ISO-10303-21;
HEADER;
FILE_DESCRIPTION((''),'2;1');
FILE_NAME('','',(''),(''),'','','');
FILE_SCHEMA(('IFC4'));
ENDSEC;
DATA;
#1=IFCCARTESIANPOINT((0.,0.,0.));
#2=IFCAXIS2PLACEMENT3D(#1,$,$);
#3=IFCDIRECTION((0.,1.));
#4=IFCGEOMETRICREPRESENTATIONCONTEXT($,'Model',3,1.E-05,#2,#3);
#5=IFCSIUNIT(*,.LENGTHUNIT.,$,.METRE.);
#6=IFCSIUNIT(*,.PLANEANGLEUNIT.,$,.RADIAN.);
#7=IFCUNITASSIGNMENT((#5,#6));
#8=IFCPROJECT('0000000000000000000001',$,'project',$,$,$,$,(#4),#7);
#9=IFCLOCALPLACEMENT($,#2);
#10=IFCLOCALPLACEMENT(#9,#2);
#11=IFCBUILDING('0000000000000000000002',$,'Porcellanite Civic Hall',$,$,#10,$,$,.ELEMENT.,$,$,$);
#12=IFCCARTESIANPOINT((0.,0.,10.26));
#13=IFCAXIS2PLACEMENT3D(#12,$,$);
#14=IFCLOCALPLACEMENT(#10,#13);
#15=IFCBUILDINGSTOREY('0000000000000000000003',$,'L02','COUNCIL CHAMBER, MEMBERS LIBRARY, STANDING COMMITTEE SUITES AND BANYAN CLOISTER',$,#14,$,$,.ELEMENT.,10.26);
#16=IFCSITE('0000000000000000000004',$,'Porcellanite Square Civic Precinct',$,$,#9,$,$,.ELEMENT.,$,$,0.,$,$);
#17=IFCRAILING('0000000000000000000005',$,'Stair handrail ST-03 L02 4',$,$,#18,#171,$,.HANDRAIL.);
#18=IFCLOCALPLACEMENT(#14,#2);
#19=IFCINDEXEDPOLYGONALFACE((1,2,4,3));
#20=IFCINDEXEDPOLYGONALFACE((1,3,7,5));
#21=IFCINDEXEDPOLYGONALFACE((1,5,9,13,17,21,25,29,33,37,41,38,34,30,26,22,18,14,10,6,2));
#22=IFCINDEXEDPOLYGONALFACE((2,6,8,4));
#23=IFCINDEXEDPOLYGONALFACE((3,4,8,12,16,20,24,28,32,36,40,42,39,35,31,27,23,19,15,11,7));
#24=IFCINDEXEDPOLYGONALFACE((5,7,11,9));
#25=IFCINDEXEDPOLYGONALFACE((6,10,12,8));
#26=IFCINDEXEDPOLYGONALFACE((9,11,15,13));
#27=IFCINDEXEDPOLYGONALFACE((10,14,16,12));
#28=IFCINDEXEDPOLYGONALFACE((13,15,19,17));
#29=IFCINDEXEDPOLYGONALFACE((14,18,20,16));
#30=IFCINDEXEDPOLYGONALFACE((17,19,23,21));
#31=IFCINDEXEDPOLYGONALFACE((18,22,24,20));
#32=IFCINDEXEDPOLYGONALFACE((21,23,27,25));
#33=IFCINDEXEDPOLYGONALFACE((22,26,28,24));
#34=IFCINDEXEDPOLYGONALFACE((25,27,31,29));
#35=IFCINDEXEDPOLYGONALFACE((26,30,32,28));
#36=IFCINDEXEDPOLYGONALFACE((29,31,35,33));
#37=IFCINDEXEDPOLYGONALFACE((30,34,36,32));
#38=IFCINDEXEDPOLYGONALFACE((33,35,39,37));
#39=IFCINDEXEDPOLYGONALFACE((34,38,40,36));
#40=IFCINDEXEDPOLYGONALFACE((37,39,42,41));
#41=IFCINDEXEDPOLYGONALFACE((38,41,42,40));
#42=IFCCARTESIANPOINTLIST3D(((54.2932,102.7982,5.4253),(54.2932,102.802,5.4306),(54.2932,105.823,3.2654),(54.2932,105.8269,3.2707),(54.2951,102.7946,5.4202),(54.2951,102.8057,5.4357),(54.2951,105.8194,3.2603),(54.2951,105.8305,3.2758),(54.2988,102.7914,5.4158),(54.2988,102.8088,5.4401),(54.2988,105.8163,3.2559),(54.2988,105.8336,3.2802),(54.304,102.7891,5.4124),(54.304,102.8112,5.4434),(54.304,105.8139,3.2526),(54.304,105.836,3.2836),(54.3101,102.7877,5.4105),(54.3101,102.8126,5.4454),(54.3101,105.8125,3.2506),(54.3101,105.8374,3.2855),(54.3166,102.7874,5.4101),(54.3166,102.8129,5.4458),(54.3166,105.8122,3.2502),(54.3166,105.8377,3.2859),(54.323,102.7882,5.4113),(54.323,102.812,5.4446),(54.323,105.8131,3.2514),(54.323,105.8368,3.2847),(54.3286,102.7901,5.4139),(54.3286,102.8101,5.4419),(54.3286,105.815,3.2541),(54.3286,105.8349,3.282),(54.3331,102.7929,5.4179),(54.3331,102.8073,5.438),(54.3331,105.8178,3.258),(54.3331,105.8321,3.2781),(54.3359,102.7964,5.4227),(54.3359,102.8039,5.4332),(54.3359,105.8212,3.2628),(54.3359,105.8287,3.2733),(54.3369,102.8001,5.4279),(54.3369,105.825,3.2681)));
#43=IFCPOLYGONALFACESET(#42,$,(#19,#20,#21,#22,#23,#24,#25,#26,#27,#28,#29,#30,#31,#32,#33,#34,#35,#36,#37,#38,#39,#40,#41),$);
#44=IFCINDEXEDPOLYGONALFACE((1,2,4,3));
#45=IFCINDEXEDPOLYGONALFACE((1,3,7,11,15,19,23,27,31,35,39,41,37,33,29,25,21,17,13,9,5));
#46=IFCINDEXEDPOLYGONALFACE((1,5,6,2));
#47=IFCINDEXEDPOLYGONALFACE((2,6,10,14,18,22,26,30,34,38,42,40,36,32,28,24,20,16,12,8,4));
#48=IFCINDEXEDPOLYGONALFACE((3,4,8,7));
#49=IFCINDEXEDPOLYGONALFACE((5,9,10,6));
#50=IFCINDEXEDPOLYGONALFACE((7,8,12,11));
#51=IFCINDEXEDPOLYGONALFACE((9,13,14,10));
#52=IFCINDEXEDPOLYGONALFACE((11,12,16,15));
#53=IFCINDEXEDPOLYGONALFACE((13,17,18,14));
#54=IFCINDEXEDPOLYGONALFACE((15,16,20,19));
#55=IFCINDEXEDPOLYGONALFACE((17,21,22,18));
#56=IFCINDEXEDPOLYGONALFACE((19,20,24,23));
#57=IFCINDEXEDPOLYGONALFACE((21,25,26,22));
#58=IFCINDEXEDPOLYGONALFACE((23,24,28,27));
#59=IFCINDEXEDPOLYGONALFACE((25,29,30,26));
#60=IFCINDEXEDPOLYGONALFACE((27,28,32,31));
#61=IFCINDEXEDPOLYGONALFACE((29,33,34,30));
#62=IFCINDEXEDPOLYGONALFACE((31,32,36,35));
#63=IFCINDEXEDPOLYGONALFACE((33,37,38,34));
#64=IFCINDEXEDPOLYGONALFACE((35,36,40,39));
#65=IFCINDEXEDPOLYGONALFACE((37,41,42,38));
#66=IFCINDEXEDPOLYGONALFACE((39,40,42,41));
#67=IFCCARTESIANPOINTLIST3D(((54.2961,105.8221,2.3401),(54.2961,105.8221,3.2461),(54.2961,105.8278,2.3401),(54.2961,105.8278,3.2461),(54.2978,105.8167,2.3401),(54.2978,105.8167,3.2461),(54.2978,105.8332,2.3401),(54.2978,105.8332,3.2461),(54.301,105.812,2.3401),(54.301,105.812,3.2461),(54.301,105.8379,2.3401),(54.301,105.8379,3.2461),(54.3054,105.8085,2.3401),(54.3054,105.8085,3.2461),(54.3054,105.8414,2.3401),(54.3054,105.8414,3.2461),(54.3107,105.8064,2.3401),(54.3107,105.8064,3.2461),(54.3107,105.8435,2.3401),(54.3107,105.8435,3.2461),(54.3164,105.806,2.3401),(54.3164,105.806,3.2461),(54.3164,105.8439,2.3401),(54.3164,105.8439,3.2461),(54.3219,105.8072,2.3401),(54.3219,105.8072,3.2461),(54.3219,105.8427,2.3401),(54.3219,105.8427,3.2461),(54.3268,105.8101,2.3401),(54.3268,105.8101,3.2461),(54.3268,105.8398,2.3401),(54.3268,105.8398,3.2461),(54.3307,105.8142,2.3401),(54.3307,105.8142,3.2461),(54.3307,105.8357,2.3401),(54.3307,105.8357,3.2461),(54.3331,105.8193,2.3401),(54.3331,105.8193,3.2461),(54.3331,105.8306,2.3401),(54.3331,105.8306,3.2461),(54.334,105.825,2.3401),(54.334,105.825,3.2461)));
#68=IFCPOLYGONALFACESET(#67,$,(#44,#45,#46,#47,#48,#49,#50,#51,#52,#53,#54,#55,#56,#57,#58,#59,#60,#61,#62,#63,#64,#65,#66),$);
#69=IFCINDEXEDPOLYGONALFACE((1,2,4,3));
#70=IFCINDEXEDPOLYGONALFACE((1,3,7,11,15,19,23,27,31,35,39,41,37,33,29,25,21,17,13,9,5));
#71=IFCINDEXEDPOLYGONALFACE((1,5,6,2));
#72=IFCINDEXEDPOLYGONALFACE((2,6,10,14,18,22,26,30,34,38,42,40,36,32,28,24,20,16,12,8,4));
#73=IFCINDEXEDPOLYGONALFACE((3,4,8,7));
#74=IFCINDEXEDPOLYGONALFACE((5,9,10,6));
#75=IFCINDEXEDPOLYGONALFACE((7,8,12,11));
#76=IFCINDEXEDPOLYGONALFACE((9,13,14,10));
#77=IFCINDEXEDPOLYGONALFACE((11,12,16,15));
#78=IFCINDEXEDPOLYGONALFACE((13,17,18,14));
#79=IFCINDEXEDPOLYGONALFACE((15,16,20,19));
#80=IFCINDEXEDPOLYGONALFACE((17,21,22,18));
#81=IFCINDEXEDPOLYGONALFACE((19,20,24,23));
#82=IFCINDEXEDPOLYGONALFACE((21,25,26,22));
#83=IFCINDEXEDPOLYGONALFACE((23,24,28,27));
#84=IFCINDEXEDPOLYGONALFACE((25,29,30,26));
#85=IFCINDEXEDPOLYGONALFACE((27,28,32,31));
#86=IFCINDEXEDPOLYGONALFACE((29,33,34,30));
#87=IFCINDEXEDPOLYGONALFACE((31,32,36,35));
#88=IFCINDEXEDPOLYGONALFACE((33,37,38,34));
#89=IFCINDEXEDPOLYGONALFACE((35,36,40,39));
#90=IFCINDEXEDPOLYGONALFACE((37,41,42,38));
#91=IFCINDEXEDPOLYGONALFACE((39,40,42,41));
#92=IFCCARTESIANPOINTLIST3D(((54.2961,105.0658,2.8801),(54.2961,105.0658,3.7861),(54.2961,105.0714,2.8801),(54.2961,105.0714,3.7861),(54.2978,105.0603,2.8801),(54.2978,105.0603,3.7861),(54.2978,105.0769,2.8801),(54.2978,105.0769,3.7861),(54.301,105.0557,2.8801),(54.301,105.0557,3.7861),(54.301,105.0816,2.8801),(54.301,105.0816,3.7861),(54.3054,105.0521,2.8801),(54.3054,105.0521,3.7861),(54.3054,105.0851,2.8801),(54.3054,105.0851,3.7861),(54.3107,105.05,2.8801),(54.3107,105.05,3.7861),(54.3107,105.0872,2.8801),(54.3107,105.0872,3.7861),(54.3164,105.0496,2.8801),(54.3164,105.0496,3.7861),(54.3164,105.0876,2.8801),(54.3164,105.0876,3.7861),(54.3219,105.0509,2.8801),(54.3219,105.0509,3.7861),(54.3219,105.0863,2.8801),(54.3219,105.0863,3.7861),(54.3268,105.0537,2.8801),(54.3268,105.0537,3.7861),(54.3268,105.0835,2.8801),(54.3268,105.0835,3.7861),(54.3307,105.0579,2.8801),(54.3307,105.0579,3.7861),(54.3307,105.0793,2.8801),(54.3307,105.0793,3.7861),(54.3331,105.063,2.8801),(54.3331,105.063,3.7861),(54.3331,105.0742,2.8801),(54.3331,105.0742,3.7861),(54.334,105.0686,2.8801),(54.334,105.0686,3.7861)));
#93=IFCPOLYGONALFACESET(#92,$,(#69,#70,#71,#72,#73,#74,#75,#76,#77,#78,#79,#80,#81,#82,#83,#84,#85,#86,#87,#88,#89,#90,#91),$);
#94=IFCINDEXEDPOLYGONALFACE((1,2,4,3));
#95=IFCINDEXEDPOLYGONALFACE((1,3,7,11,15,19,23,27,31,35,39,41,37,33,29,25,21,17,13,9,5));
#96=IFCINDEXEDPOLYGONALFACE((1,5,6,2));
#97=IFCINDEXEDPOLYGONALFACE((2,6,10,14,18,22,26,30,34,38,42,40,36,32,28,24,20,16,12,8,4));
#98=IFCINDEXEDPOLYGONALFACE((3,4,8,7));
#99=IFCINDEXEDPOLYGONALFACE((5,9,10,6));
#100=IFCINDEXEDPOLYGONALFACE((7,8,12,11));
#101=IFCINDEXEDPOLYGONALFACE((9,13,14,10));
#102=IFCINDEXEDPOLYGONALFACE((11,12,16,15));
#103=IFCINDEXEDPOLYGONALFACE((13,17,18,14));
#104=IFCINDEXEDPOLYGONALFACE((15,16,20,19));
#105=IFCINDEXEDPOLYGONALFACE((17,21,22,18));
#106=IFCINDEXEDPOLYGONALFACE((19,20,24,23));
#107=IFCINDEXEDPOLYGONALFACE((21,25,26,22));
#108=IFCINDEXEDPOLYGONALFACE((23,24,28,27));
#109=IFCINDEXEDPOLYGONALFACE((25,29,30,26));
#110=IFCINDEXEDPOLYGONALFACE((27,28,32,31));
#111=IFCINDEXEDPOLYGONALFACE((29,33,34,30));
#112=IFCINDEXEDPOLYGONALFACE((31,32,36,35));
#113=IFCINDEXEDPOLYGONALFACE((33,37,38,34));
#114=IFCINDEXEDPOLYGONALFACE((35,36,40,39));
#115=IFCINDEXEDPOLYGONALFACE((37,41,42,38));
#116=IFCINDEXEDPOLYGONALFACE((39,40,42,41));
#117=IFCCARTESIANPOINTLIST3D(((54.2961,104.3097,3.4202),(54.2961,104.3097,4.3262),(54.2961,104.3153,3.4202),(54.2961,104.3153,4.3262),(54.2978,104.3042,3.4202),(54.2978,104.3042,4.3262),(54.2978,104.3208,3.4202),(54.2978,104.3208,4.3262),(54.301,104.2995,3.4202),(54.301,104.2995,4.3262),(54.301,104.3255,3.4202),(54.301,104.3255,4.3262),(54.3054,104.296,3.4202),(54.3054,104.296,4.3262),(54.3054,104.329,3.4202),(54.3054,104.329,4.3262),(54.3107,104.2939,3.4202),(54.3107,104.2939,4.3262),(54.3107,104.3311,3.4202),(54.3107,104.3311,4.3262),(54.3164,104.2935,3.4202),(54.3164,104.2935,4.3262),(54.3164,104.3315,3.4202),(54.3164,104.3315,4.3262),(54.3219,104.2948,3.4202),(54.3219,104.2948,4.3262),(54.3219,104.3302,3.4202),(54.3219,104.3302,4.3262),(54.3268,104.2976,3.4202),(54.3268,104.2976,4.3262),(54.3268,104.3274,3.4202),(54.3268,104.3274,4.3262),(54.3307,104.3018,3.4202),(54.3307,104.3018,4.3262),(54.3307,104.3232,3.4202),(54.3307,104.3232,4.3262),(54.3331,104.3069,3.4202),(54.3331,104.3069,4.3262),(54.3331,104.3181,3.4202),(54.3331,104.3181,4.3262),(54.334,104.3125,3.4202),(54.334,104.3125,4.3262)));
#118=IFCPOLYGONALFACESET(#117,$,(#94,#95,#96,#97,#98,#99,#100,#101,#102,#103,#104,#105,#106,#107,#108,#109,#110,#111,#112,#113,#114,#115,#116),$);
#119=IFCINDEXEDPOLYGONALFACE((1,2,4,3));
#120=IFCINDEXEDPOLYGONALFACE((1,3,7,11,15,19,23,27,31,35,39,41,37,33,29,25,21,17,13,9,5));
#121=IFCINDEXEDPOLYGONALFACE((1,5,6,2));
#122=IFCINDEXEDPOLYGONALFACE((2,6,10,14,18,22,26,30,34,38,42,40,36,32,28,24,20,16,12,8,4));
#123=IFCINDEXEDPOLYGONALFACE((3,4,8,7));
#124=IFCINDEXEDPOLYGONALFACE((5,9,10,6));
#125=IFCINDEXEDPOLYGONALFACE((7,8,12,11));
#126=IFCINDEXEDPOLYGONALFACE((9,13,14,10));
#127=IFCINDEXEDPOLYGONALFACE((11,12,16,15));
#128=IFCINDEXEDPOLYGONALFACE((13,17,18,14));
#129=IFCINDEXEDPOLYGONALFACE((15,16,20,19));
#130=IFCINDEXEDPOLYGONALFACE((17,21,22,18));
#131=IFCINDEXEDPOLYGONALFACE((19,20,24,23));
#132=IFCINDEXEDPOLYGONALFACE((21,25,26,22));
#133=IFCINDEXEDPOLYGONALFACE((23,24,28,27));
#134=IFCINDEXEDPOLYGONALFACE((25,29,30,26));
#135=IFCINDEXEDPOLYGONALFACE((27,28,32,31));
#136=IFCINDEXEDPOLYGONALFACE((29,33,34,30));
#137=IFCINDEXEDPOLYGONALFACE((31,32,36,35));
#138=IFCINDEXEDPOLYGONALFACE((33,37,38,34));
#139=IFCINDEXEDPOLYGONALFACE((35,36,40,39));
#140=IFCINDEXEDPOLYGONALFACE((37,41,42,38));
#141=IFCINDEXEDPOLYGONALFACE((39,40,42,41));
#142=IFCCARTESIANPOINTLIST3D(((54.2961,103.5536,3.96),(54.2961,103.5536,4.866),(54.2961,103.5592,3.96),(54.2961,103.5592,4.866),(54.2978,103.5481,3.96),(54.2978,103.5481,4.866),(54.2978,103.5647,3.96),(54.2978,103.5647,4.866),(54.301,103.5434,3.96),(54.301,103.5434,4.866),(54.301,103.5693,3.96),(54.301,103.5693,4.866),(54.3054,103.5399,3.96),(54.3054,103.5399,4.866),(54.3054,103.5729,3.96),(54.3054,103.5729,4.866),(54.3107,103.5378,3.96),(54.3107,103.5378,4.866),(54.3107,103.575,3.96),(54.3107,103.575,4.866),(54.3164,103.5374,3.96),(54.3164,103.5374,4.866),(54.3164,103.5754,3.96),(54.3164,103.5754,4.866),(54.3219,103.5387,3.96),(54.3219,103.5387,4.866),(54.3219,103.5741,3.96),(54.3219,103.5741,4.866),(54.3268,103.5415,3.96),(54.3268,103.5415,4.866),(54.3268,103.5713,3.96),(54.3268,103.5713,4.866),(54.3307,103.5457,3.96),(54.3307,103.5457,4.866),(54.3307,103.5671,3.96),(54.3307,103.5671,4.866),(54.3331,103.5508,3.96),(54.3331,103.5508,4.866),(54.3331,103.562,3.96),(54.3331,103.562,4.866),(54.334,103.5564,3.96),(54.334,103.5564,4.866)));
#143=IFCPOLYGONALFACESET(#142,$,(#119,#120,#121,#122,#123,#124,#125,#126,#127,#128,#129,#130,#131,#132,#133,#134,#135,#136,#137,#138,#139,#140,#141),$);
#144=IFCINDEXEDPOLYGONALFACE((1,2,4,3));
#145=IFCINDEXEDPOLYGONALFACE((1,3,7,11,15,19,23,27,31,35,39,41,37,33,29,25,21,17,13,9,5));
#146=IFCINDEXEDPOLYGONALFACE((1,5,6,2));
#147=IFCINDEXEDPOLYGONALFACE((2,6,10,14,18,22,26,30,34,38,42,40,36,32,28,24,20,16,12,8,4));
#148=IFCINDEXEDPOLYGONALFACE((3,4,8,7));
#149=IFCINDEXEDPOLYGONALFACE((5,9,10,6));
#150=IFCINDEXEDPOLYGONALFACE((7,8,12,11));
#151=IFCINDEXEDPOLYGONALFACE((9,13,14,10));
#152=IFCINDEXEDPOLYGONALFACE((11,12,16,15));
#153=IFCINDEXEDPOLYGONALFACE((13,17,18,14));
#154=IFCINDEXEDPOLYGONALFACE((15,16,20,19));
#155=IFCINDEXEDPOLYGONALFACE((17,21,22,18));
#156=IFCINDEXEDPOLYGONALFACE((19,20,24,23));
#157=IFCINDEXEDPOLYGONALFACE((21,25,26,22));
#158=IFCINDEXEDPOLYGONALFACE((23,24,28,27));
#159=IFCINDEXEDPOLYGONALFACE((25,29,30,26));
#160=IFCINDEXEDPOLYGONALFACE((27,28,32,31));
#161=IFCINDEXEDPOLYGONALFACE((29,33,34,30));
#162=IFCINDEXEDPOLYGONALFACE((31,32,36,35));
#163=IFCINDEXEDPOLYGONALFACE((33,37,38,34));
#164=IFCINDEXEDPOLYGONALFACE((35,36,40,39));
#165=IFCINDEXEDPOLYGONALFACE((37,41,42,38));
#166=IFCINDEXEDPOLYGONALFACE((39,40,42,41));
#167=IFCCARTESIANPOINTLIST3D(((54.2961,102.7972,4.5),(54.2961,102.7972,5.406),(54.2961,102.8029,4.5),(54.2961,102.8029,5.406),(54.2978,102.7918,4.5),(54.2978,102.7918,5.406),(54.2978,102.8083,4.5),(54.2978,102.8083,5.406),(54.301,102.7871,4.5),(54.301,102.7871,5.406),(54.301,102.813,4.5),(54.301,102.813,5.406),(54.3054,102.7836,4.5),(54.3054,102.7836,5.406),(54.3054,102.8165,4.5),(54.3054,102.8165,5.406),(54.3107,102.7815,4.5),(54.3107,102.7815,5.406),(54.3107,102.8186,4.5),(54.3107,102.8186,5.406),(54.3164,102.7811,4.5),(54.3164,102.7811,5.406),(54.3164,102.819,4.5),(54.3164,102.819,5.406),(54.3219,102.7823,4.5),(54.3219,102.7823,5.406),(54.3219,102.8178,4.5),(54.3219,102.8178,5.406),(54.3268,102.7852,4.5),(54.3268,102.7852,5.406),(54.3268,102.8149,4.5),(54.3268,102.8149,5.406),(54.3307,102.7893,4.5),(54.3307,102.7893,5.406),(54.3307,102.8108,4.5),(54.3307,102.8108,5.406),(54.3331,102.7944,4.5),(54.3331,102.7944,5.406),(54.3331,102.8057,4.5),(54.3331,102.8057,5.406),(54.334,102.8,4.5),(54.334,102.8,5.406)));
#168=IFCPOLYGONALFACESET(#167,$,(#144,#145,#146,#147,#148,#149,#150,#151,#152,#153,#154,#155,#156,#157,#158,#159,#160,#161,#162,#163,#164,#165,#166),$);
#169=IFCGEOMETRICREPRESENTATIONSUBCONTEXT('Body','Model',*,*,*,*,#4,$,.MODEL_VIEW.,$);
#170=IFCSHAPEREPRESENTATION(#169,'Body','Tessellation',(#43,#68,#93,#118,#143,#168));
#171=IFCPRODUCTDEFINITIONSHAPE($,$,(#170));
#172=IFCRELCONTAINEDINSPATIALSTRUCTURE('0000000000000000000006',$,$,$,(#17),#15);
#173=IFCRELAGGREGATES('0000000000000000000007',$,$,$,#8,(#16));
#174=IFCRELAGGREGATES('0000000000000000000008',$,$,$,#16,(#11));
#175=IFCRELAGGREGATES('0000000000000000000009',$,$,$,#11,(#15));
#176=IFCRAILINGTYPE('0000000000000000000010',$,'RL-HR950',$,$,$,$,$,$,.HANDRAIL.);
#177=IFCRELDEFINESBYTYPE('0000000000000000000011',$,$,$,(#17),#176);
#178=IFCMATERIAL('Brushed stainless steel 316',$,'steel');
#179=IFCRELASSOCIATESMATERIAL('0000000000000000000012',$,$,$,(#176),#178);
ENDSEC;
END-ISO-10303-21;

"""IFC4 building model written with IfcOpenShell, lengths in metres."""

from ifc_helpers import new_model, si_unit, direction, frame, origin, origin_2d, place, context, subcontext, project, spatial, circle, extrude, material, type_object, element, save


model = new_model("IFC4")

# Units and contexts
model_context = context("Model", 3, precision=1e-05, world=origin(), true_north=direction((0.0, 1.0)))
body_context = subcontext(model_context, "Body", "Model", "MODEL_VIEW")
ifc_project = project(units=[si_unit("LENGTHUNIT", "METRE"), si_unit("PLANEANGLEUNIT", "RADIAN")], contexts=[model_context])

# Site, building, storey
site_placement = place(None, origin())
site = spatial("IfcSite", under=ifc_project, at=site_placement, Name="Porcellanite Square Civic Precinct", CompositionType="ELEMENT", RefElevation=0.0)
building_placement = place(site_placement, origin())
building = spatial("IfcBuilding", under=site, at=building_placement, Name="Porcellanite Civic Hall", CompositionType="ELEMENT")
storey_placement = place(building_placement, frame((0.0, 0.0, 10.26)))
storey = spatial("IfcBuildingStorey", under=building, at=storey_placement, Name="L02", Description="COUNCIL CHAMBER, MEMBERS LIBRARY, STANDING COMMITTEE SUITES AND BANYAN CLOISTER", CompositionType="ELEMENT", Elevation=10.26)

# Railing
ifc_material_1 = material(Name="Brushed stainless steel 316", Category="steel")
railing_type_1 = type_object("IfcRailingType", Name="RL-HR950", PredefinedType="HANDRAIL", material=ifc_material_1)
railing_1_placement = place(storey_placement, frame((54.3149, 105.825, 2.3401)))
element("IfcRailing", 1, at=railing_1_placement, inside=storey, type_object=railing_type_1, Name="Stair handrail ST-03 L02 4", PredefinedType="HANDRAIL", context=body_context, shape_type="SweptSolid", body=[
    extrude(circle(Radius=0.022, at=origin_2d()), frame((0.0, 0.0, 0.928), z_axis=(0.0, -0.813827, 0.581108), x_axis=(1.0, 0.0, 0.0)), (0.0, 0.0, 1.0), 3.7168),
    extrude(circle(Radius=0.019, at=origin_2d()), origin(), (0.0, 0.0, 1.0), 0.906),
    extrude(circle(Radius=0.019, at=origin_2d()), frame((0.0, -0.7563, 0.54)), (0.0, 0.0, 1.0), 0.906),
    extrude(circle(Radius=0.019, at=origin_2d()), frame((0.0, -1.5125, 1.0801)), (0.0, 0.0, 1.0), 0.906),
    extrude(circle(Radius=0.019, at=origin_2d()), frame((0.0, -2.2686, 1.6199)), (0.0, 0.0, 1.0), 0.906),
    extrude(circle(Radius=0.019, at=origin_2d()), frame((0.0, -3.0249, 2.1599)), (0.0, 0.0, 1.0), 0.906),
])

save(model, "model.ifc")
